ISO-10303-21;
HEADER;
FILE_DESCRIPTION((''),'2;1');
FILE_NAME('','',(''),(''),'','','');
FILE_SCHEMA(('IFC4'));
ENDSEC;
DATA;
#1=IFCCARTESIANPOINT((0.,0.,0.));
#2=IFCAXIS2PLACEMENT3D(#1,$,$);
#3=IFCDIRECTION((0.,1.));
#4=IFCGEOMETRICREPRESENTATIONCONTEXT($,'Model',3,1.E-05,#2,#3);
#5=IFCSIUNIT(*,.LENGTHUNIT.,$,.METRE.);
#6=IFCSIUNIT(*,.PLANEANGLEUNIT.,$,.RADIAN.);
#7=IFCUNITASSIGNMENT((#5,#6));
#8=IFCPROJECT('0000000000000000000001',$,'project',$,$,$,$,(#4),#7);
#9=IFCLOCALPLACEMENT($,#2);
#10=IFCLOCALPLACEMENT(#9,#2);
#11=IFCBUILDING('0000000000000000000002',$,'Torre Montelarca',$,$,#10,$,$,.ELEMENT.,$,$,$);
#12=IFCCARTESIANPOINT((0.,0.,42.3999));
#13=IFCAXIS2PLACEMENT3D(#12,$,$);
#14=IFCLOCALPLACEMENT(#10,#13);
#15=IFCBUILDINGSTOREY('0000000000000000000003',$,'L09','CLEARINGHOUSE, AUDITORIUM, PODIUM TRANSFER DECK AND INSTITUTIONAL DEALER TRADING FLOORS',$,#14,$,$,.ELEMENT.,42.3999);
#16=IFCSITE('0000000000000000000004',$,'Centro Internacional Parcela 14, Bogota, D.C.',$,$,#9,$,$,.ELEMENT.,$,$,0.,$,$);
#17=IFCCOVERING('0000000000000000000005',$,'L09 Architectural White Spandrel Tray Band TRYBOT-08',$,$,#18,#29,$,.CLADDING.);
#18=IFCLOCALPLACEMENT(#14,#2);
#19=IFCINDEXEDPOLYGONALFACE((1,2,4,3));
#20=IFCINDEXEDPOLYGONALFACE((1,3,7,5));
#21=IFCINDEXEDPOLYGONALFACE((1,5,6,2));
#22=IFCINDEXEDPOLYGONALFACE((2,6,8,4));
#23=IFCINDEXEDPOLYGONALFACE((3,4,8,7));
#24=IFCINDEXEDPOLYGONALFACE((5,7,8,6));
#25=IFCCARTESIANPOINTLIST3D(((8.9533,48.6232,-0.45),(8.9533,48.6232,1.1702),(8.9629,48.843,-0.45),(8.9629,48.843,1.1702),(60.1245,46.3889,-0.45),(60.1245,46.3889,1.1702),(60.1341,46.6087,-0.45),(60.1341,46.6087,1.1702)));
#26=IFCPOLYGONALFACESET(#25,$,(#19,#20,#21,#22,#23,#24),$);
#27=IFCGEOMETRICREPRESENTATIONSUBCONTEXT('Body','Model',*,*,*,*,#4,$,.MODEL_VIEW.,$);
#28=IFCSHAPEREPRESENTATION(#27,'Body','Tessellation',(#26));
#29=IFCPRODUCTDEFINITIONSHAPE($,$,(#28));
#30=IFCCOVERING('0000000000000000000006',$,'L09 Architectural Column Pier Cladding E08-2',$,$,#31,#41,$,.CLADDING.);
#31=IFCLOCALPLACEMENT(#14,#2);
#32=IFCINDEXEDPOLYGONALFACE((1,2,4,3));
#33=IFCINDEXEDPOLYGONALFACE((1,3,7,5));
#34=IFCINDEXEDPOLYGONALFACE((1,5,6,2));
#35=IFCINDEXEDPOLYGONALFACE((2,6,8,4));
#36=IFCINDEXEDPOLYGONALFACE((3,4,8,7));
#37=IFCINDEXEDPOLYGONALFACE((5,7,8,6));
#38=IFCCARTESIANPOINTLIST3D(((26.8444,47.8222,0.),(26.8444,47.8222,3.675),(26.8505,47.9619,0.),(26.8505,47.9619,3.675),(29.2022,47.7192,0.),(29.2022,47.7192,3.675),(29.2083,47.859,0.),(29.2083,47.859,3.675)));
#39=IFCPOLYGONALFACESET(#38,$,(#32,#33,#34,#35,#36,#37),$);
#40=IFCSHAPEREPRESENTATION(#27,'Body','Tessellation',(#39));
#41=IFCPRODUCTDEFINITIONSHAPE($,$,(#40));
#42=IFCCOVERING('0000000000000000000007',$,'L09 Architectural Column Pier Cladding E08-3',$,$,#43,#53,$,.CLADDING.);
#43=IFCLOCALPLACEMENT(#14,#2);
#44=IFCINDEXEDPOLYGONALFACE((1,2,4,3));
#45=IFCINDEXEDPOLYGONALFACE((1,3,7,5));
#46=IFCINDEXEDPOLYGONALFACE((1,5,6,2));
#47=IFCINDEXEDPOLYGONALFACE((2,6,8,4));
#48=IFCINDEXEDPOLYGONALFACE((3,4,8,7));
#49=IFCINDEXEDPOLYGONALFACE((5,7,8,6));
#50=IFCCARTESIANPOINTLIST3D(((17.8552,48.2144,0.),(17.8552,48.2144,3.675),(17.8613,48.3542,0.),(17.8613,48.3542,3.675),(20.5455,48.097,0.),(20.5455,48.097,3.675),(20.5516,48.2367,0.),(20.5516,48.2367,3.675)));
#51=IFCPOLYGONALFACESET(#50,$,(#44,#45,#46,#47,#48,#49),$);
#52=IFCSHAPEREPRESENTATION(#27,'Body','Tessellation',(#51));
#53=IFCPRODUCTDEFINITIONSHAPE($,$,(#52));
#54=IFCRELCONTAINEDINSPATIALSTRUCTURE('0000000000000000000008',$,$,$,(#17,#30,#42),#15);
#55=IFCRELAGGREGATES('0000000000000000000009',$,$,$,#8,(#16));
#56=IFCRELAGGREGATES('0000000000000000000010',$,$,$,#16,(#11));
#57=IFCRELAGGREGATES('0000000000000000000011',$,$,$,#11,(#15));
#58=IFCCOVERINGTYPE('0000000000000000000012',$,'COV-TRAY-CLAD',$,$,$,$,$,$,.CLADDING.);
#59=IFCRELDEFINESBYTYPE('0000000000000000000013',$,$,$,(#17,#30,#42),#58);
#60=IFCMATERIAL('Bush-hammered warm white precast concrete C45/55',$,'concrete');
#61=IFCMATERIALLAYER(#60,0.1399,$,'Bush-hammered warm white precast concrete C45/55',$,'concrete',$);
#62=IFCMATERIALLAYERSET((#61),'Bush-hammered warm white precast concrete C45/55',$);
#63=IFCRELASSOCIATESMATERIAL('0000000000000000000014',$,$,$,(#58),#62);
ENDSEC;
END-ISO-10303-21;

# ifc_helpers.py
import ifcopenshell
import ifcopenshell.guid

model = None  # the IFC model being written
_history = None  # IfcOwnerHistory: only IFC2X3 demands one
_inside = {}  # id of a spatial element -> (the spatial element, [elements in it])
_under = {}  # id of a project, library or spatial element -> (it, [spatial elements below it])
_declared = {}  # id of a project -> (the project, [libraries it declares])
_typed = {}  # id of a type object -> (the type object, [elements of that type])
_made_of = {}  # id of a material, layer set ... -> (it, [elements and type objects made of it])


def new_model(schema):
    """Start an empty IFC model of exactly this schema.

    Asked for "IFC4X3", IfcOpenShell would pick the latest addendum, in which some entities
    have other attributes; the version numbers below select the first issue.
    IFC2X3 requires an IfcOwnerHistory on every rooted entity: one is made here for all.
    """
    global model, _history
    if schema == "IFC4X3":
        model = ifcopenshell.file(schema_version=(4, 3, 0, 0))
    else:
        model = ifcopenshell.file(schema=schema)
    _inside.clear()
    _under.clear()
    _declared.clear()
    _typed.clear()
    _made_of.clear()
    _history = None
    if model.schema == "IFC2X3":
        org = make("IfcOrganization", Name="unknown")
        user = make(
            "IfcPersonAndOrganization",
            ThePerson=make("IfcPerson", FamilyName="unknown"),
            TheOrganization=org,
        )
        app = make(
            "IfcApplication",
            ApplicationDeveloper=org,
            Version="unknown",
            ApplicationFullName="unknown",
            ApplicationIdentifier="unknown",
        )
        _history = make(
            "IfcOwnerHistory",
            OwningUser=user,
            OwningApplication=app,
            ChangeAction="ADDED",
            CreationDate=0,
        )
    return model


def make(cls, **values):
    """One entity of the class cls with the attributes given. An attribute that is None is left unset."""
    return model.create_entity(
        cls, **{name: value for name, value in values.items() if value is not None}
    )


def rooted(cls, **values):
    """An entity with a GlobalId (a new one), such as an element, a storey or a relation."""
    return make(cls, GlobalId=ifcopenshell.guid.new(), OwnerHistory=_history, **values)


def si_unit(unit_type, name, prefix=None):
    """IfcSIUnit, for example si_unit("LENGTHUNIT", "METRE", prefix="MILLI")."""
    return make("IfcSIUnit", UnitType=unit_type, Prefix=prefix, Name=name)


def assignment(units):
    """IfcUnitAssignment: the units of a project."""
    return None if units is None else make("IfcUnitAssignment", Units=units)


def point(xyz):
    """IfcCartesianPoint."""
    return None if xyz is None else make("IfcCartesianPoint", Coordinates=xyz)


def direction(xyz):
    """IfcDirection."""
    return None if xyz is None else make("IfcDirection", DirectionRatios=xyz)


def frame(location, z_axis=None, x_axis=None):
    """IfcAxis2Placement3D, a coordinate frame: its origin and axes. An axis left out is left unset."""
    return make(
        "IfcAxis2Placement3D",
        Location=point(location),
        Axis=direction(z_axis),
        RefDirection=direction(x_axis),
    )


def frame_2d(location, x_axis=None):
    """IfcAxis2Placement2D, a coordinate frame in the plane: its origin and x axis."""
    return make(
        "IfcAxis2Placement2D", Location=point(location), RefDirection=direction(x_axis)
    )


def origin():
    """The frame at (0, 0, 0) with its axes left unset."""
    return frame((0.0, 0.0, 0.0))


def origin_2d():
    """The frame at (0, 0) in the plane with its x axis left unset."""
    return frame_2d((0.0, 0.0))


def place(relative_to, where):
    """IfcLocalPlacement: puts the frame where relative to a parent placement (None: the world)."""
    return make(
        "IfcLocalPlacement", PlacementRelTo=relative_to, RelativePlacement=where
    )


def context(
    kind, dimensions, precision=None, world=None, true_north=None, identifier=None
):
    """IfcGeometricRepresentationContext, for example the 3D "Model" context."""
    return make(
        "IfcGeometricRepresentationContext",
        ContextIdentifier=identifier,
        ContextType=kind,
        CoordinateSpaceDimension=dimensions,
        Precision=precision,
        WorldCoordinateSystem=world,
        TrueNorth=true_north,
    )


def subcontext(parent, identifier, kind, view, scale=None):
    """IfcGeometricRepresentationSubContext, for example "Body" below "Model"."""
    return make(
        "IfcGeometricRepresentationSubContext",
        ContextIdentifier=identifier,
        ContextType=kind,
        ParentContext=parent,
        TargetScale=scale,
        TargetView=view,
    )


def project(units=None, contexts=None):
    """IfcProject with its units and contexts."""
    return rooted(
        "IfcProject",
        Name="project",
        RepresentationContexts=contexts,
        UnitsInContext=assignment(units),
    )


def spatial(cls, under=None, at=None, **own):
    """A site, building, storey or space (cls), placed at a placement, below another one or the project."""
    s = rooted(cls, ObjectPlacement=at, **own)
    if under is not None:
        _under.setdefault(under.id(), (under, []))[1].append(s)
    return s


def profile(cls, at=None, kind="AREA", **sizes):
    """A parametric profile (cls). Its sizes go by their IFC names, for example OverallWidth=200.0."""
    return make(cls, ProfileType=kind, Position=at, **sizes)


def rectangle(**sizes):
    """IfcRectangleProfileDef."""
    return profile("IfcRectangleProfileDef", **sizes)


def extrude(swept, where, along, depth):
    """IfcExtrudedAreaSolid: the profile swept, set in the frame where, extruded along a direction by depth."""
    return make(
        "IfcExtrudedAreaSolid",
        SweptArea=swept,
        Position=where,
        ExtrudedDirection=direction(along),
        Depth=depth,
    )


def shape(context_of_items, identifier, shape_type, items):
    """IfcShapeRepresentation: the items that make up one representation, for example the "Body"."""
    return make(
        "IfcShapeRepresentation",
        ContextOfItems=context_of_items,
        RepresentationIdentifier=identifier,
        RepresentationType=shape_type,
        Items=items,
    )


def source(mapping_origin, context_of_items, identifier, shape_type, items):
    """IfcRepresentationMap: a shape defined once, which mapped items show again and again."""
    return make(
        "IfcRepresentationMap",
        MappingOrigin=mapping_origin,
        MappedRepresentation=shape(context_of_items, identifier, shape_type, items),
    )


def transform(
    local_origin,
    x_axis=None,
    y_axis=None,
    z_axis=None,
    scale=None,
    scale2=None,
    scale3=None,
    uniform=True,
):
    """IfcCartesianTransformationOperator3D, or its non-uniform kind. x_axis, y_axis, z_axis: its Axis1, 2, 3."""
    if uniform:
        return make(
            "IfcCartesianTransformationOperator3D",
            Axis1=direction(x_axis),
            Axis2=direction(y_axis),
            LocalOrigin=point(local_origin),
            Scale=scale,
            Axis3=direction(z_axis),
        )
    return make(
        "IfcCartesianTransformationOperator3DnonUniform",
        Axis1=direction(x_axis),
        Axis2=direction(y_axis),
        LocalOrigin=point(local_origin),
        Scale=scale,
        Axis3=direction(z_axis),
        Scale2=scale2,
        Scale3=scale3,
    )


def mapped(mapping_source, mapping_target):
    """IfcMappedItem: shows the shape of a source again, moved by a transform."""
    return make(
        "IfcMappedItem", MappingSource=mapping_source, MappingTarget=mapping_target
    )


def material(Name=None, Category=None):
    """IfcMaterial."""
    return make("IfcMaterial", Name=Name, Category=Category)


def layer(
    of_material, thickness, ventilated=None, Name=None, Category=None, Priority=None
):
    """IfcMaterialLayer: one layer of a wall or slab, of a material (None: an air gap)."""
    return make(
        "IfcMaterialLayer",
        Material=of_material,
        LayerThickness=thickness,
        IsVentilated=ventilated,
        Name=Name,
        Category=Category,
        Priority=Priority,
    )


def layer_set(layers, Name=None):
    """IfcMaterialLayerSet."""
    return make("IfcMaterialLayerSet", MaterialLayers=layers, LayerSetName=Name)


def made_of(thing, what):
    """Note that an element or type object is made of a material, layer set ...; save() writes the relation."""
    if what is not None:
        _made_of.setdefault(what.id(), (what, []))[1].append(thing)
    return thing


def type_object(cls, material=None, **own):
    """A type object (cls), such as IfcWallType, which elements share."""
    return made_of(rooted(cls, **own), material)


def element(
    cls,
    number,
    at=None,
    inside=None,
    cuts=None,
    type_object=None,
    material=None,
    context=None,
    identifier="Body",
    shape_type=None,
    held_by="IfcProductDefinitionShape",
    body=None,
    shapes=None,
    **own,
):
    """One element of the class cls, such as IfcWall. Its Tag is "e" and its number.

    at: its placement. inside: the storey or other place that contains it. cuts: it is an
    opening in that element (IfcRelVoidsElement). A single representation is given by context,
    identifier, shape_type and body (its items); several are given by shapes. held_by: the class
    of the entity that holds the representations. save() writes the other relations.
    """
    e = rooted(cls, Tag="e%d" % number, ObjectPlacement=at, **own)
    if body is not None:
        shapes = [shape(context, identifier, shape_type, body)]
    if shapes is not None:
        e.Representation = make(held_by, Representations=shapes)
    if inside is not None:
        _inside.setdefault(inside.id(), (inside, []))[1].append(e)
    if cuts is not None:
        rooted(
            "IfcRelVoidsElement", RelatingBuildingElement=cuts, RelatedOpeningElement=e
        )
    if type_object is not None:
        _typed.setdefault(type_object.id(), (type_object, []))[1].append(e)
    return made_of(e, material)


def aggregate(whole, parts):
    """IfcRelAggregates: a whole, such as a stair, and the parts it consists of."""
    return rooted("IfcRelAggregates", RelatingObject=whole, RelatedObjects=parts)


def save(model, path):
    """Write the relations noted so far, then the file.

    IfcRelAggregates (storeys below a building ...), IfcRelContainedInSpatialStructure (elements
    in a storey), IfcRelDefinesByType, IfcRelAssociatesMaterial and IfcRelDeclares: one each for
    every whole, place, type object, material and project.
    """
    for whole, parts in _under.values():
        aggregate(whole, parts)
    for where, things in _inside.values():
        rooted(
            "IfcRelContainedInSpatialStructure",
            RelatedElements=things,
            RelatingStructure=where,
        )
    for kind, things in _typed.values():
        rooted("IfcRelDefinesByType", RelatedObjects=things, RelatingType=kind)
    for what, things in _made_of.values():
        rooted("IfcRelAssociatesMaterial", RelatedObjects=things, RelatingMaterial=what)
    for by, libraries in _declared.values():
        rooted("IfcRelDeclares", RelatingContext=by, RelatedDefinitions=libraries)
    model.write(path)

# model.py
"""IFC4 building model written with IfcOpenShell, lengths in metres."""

from ifc_helpers import new_model, si_unit, direction, frame, origin, origin_2d, place, context, subcontext, project, spatial, rectangle, extrude, source, transform, mapped, material, layer, layer_set, type_object, element, save


model = new_model("IFC4")

# Units and contexts
model_context = context("Model", 3, precision=1e-05, world=origin(), true_north=direction((0.0, 1.0)))
body_context = subcontext(model_context, "Body", "Model", "MODEL_VIEW")
ifc_project = project(units=[si_unit("LENGTHUNIT", "METRE"), si_unit("PLANEANGLEUNIT", "RADIAN")], contexts=[model_context])

# Site, building, storey
site_placement = place(None, origin())
site = spatial("IfcSite", under=ifc_project, at=site_placement, Name="Centro Internacional Parcela 14, Bogota, D.C.", CompositionType="ELEMENT", RefElevation=0.0)
building_placement = place(site_placement, origin())
building = spatial("IfcBuilding", under=site, at=building_placement, Name="Torre Montelarca", CompositionType="ELEMENT")
storey_placement = place(building_placement, frame((0.0, 0.0, 42.3999)))
storey = spatial("IfcBuildingStorey", under=building, at=storey_placement, Name="L09", Description="CLEARINGHOUSE, AUDITORIUM, PODIUM TRANSFER DECK AND INSTITUTIONAL DEALER TRADING FLOORS", CompositionType="ELEMENT", Elevation=42.3999)

# Coverings
ifc_material_1 = material(Name="Bush-hammered warm white precast concrete C45/55", Category="concrete")
ifc_layer_1 = layer(ifc_material_1, 0.1399, Name="Bush-hammered warm white precast concrete C45/55", Category="concrete")
ifc_layer_set_1 = layer_set([ifc_layer_1], Name="Bush-hammered warm white precast concrete C45/55")
covering_type = type_object("IfcCoveringType", Name="COV-TRAY-CLAD", PredefinedType="CLADDING", material=ifc_layer_set_1)
shared_shape_1 = source(origin(), body_context, "Body", "SweptSolid", [
    extrude(rectangle(XDim=51.22, YDim=0.22, at=origin_2d()), origin(), (0.0, 0.0, 1.0), 1.6201),
])
covering_1_placement = place(storey_placement, frame((34.5437, 47.616, -0.45), z_axis=(0.0, 0.0, 1.0), x_axis=(-0.999048, 0.043621, 0.0)))
element("IfcCovering", 1, at=covering_1_placement, inside=storey, type_object=covering_type, Name="L09 Architectural White Spandrel Tray Band TRYBOT-08", PredefinedType="CLADDING", context=body_context, shape_type="MappedRepresentation", body=[
    mapped(shared_shape_1, transform((0.0, 0.0, 0.0), scale=1.0)),
])
shared_shape_2 = source(origin(), body_context, "Body", "SweptSolid", [
    extrude(rectangle(XDim=2.3601, YDim=0.1399, at=origin_2d()), origin(), (0.0, 0.0, 1.0), 3.675),
])
covering_2_placement = place(storey_placement, frame((28.0264, 47.8406, 0.0), z_axis=(0.0, 0.0, 1.0), x_axis=(-0.999048, 0.043621, 0.0)))
element("IfcCovering", 2, at=covering_2_placement, inside=storey, type_object=covering_type, Name="L09 Architectural Column Pier Cladding E08-2", PredefinedType="CLADDING", context=body_context, shape_type="MappedRepresentation", body=[
    mapped(shared_shape_2, transform((0.0, 0.0, 0.0), scale=1.0)),
])
shared_shape_3 = source(origin(), body_context, "Body", "SweptSolid", [
    extrude(rectangle(XDim=2.6929, YDim=0.1399, at=origin_2d()), origin(), (0.0, 0.0, 1.0), 3.675),
])
covering_3_placement = place(storey_placement, frame((19.2034, 48.2256, 0.0), z_axis=(0.0, 0.0, 1.0), x_axis=(-0.999048, 0.043621, 0.0)))
element("IfcCovering", 3, at=covering_3_placement, inside=storey, type_object=covering_type, Name="L09 Architectural Column Pier Cladding E08-3", PredefinedType="CLADDING", context=body_context, shape_type="MappedRepresentation", body=[
    mapped(shared_shape_3, transform((0.0, 0.0, 0.0), scale=1.0)),
])

save(model, "model.ifc")
